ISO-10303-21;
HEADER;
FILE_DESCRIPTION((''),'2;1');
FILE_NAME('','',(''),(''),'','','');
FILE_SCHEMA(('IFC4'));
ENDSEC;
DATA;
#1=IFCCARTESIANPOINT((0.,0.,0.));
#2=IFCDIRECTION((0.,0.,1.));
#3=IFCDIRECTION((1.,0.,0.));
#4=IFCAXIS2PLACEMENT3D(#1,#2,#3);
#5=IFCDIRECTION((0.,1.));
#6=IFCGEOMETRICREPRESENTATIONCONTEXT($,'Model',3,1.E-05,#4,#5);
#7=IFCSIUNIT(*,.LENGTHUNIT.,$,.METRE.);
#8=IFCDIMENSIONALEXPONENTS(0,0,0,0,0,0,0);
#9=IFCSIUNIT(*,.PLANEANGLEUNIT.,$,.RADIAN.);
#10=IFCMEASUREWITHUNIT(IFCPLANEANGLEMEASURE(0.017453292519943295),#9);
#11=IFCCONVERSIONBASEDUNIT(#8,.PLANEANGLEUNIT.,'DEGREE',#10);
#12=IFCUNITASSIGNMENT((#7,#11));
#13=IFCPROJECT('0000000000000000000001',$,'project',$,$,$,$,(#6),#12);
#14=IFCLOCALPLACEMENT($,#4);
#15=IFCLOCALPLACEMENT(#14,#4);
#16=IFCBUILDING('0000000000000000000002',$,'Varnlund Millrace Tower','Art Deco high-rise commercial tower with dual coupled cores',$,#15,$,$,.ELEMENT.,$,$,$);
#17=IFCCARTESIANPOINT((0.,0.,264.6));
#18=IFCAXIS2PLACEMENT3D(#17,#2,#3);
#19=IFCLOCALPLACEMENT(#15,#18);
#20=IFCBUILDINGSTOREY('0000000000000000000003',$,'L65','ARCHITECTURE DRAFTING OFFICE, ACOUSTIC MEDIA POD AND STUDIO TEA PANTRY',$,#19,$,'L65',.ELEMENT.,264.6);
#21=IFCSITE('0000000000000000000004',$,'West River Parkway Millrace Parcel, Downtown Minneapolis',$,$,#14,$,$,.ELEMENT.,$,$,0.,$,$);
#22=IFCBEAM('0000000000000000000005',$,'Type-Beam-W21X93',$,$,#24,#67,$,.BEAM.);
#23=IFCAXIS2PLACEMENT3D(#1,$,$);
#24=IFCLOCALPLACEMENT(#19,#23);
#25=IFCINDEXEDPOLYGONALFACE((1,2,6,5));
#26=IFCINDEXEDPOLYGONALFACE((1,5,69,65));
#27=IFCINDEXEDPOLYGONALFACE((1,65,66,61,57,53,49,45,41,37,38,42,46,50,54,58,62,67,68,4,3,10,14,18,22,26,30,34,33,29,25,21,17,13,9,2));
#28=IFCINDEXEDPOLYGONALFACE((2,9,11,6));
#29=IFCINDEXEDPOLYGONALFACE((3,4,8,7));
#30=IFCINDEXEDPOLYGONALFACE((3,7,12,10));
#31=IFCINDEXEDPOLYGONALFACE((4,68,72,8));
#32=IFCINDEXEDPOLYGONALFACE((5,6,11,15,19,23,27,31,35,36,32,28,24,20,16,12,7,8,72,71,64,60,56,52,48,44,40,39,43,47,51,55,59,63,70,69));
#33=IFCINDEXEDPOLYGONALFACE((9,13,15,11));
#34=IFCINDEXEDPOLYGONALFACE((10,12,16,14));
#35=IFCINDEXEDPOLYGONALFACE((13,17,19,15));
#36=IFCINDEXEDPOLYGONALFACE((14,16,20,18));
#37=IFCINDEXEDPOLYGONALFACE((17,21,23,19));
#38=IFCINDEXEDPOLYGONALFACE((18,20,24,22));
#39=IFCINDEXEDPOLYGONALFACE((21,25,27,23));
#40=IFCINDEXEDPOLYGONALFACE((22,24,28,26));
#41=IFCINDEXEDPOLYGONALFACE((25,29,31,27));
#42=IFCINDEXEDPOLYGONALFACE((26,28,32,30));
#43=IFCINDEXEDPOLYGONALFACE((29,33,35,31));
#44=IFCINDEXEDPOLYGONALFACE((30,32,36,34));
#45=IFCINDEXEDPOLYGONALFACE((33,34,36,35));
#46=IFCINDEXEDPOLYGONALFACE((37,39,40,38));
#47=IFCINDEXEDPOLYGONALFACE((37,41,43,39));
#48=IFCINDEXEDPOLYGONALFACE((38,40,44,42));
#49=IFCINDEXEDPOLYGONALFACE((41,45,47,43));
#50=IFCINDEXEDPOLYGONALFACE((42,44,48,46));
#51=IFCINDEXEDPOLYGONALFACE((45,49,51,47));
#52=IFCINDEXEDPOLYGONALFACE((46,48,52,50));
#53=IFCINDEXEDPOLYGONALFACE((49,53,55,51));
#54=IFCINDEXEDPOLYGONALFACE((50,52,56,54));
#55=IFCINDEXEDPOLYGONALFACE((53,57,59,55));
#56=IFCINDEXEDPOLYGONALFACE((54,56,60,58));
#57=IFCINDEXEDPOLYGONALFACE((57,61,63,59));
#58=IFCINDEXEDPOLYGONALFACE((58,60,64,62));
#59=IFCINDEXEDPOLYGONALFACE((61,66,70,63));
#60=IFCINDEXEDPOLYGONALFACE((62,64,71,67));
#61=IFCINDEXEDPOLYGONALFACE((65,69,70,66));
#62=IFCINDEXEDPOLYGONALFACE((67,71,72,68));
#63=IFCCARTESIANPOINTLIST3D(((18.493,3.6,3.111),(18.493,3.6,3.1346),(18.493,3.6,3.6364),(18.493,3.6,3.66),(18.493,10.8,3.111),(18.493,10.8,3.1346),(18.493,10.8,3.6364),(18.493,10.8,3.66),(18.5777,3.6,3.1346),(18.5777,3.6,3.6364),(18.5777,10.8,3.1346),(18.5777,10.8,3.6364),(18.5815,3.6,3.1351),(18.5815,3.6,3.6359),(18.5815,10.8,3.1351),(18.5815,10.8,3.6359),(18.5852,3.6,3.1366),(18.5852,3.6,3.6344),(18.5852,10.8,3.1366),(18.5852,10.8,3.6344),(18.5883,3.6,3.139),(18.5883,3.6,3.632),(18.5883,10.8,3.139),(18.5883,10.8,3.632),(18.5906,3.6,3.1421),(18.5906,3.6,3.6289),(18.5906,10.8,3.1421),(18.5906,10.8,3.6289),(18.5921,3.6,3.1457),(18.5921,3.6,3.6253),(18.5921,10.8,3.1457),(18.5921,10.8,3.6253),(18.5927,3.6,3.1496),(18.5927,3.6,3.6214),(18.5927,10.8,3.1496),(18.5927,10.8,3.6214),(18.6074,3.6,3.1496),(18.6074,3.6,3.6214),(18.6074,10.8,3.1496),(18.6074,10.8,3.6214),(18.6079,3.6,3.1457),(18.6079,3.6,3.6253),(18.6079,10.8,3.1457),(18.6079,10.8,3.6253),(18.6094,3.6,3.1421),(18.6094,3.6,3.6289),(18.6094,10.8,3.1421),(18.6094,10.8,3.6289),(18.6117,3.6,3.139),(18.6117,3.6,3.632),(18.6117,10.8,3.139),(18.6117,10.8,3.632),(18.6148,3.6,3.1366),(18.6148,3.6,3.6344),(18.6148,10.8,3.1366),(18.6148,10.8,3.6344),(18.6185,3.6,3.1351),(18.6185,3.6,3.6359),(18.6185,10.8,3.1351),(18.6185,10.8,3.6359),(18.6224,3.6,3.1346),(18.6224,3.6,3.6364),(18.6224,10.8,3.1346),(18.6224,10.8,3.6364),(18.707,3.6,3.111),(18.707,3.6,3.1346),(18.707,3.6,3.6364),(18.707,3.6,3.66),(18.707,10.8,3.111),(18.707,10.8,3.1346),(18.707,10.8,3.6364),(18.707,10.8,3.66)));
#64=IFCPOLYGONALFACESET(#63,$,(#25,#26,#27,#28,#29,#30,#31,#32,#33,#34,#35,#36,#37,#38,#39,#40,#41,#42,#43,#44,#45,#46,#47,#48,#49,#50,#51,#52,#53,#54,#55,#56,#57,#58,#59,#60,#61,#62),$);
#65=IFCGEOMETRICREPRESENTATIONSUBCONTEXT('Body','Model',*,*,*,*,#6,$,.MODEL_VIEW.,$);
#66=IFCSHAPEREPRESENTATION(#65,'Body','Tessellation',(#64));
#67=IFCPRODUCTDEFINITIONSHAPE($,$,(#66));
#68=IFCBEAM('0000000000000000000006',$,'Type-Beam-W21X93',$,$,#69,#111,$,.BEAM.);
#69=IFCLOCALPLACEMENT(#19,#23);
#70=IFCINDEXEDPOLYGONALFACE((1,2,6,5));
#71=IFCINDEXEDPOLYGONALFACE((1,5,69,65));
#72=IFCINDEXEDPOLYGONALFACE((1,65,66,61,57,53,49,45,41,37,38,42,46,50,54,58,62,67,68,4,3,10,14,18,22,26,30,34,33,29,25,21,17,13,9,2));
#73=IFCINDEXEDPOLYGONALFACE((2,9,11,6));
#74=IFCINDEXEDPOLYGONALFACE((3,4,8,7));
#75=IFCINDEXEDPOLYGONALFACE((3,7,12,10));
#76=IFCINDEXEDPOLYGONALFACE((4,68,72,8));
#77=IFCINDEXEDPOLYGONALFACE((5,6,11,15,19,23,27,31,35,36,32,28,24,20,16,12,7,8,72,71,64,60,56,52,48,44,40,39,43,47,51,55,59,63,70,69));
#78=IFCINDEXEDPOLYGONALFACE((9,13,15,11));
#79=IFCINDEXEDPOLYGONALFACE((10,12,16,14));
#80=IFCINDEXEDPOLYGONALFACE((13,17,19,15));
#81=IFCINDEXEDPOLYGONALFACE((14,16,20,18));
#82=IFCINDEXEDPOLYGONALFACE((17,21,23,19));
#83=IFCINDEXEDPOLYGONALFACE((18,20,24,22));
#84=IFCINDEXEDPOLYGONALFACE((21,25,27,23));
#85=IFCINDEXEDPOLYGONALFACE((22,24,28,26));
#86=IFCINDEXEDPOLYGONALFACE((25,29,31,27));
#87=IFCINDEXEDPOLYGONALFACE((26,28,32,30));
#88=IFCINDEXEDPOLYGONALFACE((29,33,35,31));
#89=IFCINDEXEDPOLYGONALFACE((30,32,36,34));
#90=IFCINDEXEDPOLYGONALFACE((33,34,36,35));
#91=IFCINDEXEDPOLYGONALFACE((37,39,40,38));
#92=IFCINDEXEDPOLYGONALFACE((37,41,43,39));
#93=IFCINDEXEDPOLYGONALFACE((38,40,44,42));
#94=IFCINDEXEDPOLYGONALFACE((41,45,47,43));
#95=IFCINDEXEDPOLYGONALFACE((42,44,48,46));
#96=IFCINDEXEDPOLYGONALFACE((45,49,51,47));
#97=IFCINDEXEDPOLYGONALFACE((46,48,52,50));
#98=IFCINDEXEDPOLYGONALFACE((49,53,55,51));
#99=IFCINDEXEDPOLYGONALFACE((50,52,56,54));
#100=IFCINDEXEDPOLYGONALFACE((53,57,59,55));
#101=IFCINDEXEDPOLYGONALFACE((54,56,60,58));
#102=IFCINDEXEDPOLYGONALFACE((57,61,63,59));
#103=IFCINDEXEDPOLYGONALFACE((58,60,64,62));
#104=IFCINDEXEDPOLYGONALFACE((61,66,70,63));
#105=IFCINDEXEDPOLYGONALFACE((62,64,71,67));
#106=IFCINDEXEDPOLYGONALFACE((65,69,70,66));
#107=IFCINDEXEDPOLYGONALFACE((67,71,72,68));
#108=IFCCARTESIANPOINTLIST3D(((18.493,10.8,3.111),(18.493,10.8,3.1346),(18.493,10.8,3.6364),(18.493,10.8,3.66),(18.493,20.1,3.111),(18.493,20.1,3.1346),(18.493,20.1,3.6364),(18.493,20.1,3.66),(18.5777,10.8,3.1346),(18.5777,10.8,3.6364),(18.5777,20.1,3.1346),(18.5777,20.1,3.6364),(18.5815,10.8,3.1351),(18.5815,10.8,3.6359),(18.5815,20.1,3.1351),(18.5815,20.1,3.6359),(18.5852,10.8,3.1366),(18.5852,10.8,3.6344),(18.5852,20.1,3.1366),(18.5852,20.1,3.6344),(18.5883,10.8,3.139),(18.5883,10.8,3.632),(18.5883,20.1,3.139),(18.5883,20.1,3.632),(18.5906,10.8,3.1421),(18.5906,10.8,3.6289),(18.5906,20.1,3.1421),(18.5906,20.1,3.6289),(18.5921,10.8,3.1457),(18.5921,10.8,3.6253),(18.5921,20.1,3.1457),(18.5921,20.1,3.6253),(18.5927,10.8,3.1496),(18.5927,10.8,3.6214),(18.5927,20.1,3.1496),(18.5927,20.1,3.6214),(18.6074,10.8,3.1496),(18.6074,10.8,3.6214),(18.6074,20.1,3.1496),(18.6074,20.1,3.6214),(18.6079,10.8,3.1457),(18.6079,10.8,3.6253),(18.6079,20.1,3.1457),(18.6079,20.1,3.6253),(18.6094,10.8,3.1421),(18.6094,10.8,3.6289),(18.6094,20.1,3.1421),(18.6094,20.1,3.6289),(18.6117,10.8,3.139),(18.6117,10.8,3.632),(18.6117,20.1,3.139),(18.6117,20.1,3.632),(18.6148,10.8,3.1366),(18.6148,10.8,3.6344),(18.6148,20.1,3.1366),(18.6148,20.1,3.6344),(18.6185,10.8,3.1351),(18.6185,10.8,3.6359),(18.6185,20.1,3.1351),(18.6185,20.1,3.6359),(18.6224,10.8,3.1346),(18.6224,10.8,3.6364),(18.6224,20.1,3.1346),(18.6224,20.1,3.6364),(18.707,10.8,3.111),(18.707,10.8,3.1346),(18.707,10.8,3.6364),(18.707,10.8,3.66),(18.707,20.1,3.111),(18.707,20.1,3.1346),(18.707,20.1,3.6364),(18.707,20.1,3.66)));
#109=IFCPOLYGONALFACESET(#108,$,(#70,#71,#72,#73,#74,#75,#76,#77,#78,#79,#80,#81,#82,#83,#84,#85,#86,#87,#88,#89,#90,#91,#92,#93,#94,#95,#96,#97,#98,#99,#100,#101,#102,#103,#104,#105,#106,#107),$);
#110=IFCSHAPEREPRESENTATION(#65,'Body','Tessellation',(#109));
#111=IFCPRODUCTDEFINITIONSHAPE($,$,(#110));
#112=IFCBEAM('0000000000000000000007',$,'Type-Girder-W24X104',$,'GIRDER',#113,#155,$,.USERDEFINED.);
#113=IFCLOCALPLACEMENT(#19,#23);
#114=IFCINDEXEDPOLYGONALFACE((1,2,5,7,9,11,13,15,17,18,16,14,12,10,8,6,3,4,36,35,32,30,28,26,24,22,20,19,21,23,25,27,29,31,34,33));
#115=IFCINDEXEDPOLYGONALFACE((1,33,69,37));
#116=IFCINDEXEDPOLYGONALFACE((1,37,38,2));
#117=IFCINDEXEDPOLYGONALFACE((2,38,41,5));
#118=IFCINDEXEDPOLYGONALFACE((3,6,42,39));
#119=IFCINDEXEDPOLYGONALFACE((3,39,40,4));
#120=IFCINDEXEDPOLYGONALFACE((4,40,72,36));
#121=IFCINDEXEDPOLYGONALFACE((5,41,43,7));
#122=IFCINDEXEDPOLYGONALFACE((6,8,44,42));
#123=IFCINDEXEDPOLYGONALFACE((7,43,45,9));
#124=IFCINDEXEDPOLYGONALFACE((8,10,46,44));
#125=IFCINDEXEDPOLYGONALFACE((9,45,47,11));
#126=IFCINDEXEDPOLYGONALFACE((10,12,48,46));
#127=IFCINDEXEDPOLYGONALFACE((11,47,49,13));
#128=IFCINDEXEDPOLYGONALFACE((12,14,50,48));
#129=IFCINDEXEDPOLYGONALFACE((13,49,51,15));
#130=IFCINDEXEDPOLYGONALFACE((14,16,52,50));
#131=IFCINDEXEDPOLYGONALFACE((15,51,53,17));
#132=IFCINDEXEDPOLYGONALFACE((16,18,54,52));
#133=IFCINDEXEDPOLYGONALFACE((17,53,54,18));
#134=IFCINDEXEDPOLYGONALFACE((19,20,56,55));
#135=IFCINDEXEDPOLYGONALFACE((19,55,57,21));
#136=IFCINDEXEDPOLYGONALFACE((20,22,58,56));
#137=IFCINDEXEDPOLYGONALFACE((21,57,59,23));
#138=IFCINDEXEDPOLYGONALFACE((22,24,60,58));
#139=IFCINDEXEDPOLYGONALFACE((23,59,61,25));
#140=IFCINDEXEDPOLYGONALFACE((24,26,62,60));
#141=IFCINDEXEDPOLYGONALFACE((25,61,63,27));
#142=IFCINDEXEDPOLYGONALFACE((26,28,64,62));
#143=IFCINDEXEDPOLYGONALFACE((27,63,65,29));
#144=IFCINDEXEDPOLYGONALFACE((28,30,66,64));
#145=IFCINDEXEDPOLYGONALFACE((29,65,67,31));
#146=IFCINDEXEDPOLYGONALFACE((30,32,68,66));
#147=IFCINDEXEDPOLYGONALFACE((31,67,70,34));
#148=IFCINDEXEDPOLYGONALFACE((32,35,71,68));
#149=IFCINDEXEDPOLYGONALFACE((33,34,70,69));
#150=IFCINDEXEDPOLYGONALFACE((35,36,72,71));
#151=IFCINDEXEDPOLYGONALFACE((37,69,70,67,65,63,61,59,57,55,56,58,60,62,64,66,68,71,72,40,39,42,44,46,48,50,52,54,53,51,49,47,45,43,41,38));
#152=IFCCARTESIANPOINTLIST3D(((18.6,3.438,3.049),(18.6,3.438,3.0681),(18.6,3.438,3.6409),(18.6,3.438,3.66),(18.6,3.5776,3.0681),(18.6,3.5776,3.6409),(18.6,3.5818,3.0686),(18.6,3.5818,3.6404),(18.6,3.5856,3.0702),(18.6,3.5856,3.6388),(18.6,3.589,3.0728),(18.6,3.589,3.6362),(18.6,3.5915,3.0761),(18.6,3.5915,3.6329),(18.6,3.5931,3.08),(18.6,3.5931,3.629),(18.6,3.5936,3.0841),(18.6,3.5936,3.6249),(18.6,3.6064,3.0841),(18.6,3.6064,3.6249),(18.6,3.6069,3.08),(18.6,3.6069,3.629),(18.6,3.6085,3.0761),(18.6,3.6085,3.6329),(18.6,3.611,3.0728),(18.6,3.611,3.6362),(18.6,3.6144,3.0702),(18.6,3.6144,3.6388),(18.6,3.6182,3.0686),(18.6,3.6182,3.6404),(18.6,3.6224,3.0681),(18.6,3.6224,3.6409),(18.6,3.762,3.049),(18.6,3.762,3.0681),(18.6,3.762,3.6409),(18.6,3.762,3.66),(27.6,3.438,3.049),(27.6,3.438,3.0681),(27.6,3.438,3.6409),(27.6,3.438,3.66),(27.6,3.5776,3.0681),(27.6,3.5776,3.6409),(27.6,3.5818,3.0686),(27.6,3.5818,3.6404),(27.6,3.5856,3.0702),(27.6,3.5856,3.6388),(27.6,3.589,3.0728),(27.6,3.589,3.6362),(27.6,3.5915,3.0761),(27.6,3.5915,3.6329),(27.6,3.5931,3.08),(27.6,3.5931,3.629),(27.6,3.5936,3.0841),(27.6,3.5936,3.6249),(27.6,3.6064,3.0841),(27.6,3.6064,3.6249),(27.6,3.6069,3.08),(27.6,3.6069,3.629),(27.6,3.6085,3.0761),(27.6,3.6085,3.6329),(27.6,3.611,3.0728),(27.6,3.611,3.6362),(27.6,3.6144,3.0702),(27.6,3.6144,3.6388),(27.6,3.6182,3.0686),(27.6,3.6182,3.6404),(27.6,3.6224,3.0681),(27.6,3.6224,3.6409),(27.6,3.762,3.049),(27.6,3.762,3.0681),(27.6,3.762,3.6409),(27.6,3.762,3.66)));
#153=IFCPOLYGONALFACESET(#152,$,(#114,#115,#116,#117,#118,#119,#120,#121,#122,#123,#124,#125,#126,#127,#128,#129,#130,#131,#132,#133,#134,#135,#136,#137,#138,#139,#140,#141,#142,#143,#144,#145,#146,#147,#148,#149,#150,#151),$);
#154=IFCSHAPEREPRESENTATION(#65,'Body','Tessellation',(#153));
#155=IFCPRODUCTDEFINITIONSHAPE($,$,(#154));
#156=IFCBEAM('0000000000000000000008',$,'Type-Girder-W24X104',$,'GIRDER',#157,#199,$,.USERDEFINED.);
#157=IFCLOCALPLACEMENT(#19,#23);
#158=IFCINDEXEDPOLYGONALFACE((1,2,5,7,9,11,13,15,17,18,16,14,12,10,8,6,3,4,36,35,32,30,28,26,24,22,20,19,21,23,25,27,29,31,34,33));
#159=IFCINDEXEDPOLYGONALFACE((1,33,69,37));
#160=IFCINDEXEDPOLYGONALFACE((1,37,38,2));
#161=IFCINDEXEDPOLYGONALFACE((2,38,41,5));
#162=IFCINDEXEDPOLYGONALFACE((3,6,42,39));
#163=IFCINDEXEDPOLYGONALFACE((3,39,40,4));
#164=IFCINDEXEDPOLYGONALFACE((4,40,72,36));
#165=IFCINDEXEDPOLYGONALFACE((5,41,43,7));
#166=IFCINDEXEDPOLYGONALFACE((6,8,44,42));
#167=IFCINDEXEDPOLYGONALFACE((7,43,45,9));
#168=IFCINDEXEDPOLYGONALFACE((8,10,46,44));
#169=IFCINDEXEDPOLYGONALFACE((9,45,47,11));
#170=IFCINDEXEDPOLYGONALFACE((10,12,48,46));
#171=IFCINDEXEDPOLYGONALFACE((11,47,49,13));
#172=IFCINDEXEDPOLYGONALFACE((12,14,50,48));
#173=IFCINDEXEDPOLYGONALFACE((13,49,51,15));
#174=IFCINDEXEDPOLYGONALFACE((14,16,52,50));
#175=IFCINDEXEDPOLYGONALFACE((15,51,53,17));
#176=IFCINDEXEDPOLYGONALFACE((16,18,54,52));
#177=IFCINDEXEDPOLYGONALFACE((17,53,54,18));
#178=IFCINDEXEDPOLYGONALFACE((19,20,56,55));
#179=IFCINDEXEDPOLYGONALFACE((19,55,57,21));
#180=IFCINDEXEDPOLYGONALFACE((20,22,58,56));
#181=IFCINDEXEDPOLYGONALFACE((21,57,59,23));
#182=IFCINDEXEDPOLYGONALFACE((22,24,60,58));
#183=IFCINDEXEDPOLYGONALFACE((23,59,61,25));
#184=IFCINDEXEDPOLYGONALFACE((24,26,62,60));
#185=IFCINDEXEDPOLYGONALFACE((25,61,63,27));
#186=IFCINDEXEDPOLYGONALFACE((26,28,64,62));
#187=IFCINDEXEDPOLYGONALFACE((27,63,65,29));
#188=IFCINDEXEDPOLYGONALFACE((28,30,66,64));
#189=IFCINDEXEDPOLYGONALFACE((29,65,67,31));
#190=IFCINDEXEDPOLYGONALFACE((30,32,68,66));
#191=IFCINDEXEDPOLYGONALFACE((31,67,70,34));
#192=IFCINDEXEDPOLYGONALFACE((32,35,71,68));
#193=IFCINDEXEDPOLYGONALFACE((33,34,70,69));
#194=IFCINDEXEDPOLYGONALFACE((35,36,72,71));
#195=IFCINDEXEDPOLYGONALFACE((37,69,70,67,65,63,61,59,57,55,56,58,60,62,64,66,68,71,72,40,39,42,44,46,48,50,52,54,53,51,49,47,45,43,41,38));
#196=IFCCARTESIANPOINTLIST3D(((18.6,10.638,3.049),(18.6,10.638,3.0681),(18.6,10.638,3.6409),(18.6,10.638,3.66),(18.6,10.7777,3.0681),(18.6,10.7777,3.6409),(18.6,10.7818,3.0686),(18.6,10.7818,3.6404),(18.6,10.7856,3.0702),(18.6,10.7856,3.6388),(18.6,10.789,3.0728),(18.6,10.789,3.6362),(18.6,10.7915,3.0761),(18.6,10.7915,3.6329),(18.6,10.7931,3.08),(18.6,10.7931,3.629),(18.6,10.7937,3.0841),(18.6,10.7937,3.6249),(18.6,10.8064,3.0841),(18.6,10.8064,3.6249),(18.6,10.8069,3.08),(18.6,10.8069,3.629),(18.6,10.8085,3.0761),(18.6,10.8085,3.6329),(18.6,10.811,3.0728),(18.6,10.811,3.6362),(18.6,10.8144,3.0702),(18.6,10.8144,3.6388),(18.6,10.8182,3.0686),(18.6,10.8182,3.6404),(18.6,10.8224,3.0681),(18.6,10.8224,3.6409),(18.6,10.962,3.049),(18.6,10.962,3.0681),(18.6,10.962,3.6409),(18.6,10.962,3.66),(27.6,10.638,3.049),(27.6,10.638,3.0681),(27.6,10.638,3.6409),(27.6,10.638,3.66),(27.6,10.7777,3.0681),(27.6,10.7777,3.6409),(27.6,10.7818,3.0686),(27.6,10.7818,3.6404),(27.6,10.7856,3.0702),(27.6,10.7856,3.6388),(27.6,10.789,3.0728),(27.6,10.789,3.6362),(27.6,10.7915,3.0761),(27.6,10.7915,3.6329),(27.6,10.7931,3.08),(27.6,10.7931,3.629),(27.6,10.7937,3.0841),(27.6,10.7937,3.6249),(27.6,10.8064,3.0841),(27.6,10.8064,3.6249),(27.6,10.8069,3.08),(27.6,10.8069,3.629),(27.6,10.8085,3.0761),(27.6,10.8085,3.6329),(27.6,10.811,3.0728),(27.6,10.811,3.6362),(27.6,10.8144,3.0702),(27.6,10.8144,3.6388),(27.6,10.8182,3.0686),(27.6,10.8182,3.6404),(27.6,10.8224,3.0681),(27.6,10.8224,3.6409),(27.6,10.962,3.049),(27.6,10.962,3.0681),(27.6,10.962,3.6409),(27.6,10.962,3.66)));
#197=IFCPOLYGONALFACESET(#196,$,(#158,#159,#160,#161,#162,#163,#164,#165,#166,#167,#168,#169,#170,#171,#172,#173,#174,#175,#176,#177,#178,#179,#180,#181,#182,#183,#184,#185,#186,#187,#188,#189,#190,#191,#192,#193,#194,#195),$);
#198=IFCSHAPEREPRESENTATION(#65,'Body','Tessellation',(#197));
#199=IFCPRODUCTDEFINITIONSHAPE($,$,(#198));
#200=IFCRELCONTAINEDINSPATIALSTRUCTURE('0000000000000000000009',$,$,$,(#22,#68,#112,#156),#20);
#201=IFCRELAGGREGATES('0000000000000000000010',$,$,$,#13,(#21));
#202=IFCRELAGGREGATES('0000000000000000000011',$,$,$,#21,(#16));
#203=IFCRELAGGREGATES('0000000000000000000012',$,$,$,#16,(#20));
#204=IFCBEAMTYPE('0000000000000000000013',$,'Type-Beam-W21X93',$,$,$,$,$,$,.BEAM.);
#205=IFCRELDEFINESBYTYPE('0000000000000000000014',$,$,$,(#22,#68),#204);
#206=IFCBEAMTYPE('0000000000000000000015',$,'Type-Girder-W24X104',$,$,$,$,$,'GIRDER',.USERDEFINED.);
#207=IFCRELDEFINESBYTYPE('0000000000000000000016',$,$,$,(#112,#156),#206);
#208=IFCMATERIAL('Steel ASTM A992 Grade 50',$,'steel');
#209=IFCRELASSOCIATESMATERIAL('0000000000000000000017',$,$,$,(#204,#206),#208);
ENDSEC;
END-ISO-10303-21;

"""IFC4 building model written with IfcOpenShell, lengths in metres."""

from ifc_helpers import new_model, entity, si_unit, converted_unit, direction, frame, origin_with_axes, origin_2d_with_axis, place, context, subcontext, project, spatial, i_section, extrude, material, material_profile, profile_set, type_object, element, save


model = new_model("IFC4")

# Units and contexts
model_context = context("Model", 3, precision=1e-05, world=origin_with_axes(), true_north=direction((0.0, 1.0)))
body_context = subcontext(model_context, "Body", "Model", "MODEL_VIEW")
ifc_project = project(units=[si_unit("LENGTHUNIT", "METRE"), converted_unit("PLANEANGLEUNIT", "DEGREE", entity("IfcPlaneAngleMeasure", 0.017453292519943295), si_unit("PLANEANGLEUNIT", "RADIAN"), dimensions=[0, 0, 0, 0, 0, 0, 0])], contexts=[model_context])

# Site, building, storey
site_placement = place(None, origin_with_axes())
site = spatial("IfcSite", under=ifc_project, at=site_placement, Name="West River Parkway Millrace Parcel, Downtown Minneapolis", CompositionType="ELEMENT", RefElevation=0.0)
building_placement = place(site_placement, origin_with_axes())
building = spatial("IfcBuilding", under=site, at=building_placement, Name="Varnlund Millrace Tower", Description="Art Deco high-rise commercial tower with dual coupled cores", CompositionType="ELEMENT")
storey_placement = place(building_placement, frame((0.0, 0.0, 264.6), z_axis=(0.0, 0.0, 1.0), x_axis=(1.0, 0.0, 0.0)))
storey = spatial("IfcBuildingStorey", under=building, at=storey_placement, Name="L65", Description="ARCHITECTURE DRAFTING OFFICE, ACOUSTIC MEDIA POD AND STUDIO TEA PANTRY", LongName="L65", CompositionType="ELEMENT", Elevation=264.6)

# Beams
ifc_material_1 = material(Name="Steel ASTM A992 Grade 50", Category="steel")
ifc_material_profile_1 = material_profile(ifc_material_1, i_section(OverallWidth=0.214, OverallDepth=0.549, WebThickness=0.0147, FlangeThickness=0.0236, FilletRadius=0.015, at=origin_2d_with_axis()), Name="Steel ASTM A992 Grade 50")
ifc_profile_set_1 = profile_set([ifc_material_profile_1], Name="Steel ASTM A992 Grade 50")
beam_type_1 = type_object("IfcBeamType", Name="Type-Beam-W21X93", PredefinedType="BEAM", material=ifc_profile_set_1)
beam_1_placement = place(storey_placement, frame((18.6, 3.6, 3.3855), z_axis=(0.0, 1.0, 0.0), x_axis=(-1.0, 0.0, 0.0)))
element("IfcBeam", 1, at=beam_1_placement, inside=storey, type_object=beam_type_1, Name="Type-Beam-W21X93", PredefinedType="BEAM", context=body_context, shape_type="SweptSolid", body=[
    extrude(i_section(OverallWidth=0.214, OverallDepth=0.549, WebThickness=0.0147, FlangeThickness=0.0236, FilletRadius=0.015, at=origin_2d_with_axis()), origin_with_axes(), (0.0, 0.0, 1.0), 7.2),
])
beam_2_placement = place(storey_placement, frame((18.6, 10.8, 3.3855), z_axis=(0.0, 1.0, 0.0), x_axis=(-1.0, 0.0, 0.0)))
element("IfcBeam", 2, at=beam_2_placement, inside=storey, type_object=beam_type_1, Name="Type-Beam-W21X93", PredefinedType="BEAM", context=body_context, shape_type="SweptSolid", body=[
    extrude(i_section(OverallWidth=0.214, OverallDepth=0.549, WebThickness=0.0147, FlangeThickness=0.0236, FilletRadius=0.015, at=origin_2d_with_axis()), origin_with_axes(), (0.0, 0.0, 1.0), 9.3),
])
ifc_material_profile_2 = material_profile(ifc_material_1, i_section(OverallWidth=0.324, OverallDepth=0.611, WebThickness=0.0127, FlangeThickness=0.0191, FilletRadius=0.016, at=origin_2d_with_axis()), Name="Steel ASTM A992 Grade 50")
ifc_profile_set_2 = profile_set([ifc_material_profile_2], Name="Steel ASTM A992 Grade 50")
beam_type_2 = type_object("IfcBeamType", Name="Type-Girder-W24X104", ElementType="GIRDER", PredefinedType="USERDEFINED", material=ifc_profile_set_2)
for number, where, z_axis, x_axis, name in (
    (3, (18.6, 3.6, 3.3545), (1.0, 0.0, 0.0), (0.0, 1.0, 0.0), "Type-Girder-W24X104"),
    (4, (18.6, 10.8, 3.3545), (1.0, 0.0, 0.0), (0.0, 1.0, 0.0), "Type-Girder-W24X104"),
):
    element("IfcBeam", number, at=place(storey_placement, frame(where, z_axis=z_axis, x_axis=x_axis)), inside=storey, type_object=beam_type_2, Name=name, ObjectType="GIRDER", PredefinedType="USERDEFINED", context=body_context, shape_type="SweptSolid", body=[
        extrude(i_section(OverallWidth=0.324, OverallDepth=0.611, WebThickness=0.0127, FlangeThickness=0.0191, FilletRadius=0.016, at=origin_2d_with_axis()), origin_with_axes(), (0.0, 0.0, 1.0), 9.0),
    ])

save(model, "model.ifc")
